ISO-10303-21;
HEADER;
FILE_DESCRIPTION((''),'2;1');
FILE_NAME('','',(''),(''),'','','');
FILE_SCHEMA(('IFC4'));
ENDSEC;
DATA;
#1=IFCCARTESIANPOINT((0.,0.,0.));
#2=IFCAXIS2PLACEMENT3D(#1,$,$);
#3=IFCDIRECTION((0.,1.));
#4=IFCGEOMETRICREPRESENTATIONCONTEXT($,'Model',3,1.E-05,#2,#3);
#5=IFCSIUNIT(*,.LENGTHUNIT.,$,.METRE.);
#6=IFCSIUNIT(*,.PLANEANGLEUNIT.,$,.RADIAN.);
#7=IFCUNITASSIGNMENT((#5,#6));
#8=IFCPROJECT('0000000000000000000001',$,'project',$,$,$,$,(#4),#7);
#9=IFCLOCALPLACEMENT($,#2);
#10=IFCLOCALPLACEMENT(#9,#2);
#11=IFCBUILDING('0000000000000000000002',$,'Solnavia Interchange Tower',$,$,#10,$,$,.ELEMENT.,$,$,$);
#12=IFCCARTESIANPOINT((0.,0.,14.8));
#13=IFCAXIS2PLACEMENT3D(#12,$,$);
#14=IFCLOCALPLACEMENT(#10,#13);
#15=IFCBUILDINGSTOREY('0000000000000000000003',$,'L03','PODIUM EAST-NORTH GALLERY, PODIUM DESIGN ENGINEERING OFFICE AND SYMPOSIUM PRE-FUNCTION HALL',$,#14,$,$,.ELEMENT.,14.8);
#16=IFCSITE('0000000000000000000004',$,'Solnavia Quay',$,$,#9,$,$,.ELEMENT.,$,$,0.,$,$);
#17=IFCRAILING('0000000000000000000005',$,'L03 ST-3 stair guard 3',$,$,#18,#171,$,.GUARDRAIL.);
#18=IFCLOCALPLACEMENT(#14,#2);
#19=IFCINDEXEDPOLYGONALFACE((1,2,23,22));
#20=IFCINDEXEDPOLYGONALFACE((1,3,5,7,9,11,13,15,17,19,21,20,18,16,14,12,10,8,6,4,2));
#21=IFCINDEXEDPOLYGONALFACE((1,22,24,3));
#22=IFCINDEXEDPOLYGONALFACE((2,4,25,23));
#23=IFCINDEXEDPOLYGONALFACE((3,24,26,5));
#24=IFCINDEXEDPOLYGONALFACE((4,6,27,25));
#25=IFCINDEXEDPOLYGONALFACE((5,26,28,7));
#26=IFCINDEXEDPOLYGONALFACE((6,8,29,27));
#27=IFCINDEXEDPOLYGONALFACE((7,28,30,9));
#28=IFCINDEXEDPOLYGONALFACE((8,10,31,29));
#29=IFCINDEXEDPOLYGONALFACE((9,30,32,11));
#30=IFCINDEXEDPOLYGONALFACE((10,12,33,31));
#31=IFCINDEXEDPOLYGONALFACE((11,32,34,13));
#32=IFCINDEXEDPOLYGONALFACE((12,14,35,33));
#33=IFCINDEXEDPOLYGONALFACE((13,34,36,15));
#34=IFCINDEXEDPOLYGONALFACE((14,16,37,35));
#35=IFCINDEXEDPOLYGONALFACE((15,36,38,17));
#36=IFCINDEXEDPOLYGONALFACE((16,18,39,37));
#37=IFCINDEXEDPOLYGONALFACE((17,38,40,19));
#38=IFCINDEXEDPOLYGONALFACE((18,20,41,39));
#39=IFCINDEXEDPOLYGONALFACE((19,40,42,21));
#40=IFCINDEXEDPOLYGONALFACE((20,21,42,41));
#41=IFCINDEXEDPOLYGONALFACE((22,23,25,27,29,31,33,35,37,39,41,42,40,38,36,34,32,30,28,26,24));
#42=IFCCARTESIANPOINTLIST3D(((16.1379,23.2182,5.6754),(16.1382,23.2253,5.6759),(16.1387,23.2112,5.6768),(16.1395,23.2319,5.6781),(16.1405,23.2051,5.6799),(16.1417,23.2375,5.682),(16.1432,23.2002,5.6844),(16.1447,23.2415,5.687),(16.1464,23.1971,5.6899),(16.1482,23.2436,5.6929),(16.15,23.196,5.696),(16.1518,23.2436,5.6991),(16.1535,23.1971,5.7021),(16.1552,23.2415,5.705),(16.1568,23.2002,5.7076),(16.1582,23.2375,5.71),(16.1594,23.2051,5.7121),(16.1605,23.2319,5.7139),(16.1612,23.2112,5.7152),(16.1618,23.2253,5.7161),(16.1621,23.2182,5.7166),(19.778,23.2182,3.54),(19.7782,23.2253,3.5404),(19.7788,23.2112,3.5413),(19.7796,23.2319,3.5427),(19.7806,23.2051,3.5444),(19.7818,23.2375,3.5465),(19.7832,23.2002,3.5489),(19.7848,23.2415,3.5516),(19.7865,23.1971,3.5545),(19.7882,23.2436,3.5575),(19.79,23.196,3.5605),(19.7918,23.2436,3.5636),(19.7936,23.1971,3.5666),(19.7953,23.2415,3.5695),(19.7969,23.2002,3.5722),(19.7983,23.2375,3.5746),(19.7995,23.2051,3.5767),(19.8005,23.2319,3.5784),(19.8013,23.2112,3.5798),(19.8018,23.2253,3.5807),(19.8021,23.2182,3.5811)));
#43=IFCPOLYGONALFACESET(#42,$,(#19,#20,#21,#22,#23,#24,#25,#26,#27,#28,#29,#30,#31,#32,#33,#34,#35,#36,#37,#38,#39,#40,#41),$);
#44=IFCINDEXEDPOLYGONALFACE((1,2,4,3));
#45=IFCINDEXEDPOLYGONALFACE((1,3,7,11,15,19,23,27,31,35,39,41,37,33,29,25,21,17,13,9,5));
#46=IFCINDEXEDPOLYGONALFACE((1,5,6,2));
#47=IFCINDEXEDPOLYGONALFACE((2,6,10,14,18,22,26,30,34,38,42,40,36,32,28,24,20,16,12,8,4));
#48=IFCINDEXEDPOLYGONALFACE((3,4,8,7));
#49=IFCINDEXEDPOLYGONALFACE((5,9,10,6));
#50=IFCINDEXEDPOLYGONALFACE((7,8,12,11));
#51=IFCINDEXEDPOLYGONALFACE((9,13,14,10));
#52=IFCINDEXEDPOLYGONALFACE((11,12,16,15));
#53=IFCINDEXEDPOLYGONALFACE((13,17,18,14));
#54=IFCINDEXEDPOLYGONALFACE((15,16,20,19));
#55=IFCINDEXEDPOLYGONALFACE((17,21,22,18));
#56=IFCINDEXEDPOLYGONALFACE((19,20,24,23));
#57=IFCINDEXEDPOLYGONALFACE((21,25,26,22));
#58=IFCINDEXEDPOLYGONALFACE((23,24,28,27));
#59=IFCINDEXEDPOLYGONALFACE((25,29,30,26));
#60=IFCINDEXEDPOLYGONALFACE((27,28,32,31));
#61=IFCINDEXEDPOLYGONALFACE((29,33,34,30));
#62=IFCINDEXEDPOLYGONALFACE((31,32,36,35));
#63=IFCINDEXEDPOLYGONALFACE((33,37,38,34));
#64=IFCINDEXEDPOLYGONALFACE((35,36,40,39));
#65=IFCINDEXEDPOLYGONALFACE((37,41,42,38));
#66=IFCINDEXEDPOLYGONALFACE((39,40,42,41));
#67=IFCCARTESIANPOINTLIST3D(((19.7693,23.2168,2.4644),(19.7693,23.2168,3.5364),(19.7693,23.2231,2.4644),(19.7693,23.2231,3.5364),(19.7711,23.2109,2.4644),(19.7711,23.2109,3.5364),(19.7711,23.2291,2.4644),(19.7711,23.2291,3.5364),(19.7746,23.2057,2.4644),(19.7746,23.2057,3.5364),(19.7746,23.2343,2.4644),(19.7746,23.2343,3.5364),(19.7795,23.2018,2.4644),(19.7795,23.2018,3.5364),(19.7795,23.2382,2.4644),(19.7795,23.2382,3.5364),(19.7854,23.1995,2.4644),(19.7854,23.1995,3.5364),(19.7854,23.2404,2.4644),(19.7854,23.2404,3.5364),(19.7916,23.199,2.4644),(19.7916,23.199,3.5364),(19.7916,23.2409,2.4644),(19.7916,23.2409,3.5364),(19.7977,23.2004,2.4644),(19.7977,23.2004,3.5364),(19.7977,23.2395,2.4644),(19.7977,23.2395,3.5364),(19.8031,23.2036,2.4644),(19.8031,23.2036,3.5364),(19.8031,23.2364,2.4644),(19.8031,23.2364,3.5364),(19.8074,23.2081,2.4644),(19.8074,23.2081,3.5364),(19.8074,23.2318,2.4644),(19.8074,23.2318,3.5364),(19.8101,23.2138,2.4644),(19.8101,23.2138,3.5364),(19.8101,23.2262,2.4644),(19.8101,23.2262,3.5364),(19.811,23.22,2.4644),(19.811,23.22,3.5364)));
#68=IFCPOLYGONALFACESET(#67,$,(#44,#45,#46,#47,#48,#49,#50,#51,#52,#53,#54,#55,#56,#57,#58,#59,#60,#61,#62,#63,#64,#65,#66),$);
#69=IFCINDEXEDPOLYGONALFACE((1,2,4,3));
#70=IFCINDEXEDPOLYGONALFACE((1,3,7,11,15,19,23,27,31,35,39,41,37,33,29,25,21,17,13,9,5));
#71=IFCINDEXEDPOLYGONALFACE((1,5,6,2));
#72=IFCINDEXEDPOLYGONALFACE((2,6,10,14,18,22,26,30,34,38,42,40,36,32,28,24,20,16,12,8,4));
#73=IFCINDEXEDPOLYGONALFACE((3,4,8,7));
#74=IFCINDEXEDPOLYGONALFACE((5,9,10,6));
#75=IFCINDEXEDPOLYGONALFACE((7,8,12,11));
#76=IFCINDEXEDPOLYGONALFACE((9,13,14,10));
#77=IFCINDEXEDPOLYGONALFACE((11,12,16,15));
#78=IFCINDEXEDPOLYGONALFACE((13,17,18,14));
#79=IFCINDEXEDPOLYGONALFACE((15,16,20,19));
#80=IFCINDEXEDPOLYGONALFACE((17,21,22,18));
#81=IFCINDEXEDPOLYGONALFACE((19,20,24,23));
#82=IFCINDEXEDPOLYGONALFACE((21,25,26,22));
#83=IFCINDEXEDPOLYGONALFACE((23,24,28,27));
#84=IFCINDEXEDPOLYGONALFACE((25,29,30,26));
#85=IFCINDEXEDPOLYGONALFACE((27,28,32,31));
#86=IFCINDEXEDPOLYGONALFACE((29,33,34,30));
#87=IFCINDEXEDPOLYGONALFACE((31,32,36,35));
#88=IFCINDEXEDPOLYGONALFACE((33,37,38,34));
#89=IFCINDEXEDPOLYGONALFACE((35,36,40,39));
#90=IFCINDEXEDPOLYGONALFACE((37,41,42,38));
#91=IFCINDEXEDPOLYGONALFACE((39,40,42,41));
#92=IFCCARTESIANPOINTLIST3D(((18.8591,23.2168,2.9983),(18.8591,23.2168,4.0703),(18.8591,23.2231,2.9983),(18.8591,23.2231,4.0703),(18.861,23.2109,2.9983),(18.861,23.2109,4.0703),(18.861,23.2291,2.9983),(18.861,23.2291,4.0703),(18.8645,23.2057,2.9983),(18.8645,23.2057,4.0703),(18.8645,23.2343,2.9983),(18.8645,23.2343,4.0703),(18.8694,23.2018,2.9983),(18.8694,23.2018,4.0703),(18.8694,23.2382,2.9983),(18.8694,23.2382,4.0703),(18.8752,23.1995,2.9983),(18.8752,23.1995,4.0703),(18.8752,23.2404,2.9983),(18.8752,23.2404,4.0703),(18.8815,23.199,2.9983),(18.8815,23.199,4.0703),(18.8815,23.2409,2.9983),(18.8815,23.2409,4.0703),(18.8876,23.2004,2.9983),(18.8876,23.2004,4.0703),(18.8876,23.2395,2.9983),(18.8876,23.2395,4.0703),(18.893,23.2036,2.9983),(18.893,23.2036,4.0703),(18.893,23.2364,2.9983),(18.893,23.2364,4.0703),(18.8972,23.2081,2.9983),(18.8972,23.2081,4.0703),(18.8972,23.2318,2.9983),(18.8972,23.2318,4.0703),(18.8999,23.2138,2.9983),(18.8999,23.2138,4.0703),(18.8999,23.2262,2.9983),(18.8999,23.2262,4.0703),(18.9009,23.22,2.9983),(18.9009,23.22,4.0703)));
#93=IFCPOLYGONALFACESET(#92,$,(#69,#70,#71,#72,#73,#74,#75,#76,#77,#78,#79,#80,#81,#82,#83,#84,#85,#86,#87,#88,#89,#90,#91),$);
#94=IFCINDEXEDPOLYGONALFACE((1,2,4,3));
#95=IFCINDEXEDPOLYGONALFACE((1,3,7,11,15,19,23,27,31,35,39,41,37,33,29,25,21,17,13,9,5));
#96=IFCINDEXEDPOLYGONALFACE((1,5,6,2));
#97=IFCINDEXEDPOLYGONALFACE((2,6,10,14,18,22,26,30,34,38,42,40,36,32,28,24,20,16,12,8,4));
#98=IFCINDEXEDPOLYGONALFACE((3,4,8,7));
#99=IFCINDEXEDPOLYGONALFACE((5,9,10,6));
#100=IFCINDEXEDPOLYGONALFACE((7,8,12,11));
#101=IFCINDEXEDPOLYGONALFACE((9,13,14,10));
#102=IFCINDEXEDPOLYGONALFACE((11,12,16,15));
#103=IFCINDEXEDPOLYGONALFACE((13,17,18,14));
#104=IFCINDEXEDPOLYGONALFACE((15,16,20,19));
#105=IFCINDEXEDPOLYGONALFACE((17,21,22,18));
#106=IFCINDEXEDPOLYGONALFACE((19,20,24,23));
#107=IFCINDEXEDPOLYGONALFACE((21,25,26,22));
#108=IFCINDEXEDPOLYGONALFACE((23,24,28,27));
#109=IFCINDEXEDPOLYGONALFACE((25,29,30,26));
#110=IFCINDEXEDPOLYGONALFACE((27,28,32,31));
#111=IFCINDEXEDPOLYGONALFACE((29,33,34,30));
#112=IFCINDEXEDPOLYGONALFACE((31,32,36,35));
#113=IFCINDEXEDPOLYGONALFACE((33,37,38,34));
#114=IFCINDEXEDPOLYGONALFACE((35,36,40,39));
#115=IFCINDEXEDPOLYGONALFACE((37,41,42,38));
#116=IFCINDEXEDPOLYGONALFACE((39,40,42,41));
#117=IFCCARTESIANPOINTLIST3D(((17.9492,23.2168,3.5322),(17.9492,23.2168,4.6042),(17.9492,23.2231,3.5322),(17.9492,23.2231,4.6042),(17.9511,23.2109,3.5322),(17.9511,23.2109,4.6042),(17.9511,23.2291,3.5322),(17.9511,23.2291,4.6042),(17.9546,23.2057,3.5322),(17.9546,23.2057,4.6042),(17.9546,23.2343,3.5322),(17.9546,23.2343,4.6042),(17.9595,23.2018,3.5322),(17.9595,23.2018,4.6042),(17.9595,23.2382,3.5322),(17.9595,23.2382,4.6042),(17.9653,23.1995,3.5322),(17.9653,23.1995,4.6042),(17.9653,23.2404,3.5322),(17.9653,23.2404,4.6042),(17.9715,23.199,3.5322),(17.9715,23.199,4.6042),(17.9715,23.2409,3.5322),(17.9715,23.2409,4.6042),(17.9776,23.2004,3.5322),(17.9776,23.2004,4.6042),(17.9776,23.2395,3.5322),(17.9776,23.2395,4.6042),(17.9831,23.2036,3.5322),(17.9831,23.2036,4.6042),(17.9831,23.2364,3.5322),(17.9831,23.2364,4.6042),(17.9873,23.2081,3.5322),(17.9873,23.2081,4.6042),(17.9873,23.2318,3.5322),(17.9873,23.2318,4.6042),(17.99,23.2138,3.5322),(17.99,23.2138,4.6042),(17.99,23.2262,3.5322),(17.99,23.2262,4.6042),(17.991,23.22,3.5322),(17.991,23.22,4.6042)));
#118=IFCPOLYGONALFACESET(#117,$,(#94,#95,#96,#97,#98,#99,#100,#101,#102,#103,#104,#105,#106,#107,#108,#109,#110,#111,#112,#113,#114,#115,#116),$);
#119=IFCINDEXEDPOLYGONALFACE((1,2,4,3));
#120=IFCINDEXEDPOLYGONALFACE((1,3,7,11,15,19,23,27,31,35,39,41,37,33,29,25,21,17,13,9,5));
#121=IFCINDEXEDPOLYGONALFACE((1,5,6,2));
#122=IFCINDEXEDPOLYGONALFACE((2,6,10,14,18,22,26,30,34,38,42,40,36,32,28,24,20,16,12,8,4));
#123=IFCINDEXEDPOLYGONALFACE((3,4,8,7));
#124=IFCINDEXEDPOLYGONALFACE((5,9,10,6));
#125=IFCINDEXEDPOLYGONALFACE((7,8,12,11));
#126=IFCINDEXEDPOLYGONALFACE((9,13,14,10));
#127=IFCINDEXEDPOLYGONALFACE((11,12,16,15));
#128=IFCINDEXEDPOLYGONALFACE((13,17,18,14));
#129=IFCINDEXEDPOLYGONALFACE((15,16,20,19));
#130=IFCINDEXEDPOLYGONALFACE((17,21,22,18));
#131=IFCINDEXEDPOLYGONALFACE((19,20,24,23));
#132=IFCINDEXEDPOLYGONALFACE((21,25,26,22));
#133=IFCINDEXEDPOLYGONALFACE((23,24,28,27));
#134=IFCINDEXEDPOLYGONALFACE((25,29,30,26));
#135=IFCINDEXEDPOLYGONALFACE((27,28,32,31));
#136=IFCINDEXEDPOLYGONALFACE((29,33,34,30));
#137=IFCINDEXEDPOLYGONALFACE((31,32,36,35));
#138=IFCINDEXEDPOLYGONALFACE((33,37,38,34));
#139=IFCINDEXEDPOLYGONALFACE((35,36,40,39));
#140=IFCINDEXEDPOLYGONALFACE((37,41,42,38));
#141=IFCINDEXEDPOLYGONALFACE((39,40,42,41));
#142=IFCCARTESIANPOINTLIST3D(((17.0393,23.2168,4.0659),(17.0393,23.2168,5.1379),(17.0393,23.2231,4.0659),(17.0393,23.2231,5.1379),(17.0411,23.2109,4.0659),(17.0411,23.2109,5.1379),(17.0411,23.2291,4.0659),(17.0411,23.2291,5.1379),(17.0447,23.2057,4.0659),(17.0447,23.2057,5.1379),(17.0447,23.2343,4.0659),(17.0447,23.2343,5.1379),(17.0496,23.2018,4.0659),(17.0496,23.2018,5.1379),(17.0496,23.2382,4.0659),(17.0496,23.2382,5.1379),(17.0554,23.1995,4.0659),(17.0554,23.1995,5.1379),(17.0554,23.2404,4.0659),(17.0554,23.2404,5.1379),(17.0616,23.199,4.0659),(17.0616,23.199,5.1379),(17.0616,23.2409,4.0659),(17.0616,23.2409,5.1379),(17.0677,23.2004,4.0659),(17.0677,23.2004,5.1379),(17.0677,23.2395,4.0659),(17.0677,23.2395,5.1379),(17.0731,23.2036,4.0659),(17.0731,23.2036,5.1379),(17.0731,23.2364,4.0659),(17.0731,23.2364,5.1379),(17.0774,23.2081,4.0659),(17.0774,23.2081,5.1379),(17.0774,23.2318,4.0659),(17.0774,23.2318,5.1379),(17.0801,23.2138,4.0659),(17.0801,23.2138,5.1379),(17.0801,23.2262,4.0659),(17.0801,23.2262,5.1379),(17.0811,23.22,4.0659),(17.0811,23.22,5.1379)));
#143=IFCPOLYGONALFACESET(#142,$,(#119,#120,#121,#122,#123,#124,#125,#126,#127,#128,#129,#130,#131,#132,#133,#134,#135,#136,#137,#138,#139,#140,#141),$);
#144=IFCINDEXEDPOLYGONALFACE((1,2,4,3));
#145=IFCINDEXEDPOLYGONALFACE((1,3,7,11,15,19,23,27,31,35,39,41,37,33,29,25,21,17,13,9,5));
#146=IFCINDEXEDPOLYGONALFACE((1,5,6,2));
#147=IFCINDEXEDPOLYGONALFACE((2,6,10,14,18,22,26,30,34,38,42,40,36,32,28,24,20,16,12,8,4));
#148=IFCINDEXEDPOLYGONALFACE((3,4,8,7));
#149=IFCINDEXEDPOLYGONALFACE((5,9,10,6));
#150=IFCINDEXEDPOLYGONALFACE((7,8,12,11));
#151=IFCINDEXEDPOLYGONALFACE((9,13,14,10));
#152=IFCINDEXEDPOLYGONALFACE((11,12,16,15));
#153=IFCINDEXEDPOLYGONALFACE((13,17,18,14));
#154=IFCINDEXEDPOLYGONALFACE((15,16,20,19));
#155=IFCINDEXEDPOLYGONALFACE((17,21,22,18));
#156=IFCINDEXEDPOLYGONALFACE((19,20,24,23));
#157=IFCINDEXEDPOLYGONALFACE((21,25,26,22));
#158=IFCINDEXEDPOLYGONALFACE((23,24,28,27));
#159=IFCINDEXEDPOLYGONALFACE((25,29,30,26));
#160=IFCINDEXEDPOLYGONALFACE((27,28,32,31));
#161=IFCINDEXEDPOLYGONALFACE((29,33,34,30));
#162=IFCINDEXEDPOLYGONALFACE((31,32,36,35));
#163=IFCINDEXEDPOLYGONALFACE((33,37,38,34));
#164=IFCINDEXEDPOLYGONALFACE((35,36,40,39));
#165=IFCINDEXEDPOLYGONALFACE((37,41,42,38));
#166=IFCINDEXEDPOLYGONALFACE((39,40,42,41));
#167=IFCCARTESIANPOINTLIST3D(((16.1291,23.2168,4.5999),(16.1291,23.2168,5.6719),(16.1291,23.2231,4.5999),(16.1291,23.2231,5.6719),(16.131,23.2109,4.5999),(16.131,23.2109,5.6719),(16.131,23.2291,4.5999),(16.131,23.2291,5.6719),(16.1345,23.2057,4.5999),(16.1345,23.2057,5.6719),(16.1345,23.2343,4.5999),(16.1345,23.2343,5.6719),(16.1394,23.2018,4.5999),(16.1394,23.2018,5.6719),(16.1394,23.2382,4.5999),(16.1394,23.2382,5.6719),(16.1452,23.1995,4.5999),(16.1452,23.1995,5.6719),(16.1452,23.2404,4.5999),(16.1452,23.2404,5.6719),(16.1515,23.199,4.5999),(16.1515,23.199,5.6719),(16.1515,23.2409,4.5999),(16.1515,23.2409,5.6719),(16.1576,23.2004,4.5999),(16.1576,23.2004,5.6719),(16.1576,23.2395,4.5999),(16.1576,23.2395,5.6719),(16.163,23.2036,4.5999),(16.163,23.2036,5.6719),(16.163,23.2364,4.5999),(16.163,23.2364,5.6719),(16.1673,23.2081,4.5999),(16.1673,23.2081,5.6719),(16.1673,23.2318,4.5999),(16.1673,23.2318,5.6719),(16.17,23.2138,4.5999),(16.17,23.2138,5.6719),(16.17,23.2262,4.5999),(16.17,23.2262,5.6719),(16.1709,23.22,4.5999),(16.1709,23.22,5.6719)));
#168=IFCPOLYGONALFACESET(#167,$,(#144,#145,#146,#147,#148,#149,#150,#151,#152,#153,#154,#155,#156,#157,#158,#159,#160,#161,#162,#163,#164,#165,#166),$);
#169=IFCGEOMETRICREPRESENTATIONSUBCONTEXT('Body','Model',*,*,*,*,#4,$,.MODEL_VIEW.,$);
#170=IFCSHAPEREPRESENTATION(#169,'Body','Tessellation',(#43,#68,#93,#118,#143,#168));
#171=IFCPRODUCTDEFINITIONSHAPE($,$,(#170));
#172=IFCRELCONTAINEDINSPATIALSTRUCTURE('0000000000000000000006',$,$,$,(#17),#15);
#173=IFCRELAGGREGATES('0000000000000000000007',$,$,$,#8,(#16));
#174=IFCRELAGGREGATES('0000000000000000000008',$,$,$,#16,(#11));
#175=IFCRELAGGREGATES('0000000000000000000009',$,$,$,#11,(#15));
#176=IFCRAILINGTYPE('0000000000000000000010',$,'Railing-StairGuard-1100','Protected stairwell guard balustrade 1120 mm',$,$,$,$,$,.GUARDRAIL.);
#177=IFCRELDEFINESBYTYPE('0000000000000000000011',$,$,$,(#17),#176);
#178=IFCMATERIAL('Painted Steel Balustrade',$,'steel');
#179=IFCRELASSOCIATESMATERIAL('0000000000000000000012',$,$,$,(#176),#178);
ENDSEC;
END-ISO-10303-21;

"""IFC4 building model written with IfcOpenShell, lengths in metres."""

from ifc_helpers import new_model, si_unit, direction, frame, origin, origin_2d, place, context, subcontext, project, spatial, circle, extrude, material, type_object, element, save


model = new_model("IFC4")

# Units and contexts
model_context = context("Model", 3, precision=1e-05, world=origin(), true_north=direction((0.0, 1.0)))
body_context = subcontext(model_context, "Body", "Model", "MODEL_VIEW")
ifc_project = project(units=[si_unit("LENGTHUNIT", "METRE"), si_unit("PLANEANGLEUNIT", "RADIAN")], contexts=[model_context])

# Site, building, storey
site_placement = place(None, origin())
site = spatial("IfcSite", under=ifc_project, at=site_placement, Name="Solnavia Quay", CompositionType="ELEMENT", RefElevation=0.0)
building_placement = place(site_placement, origin())
building = spatial("IfcBuilding", under=site, at=building_placement, Name="Solnavia Interchange Tower", CompositionType="ELEMENT")
storey_placement = place(building_placement, frame((0.0, 0.0, 14.8)))
storey = spatial("IfcBuildingStorey", under=building, at=storey_placement, Name="L03", Description="PODIUM EAST-NORTH GALLERY, PODIUM DESIGN ENGINEERING OFFICE AND SYMPOSIUM PRE-FUNCTION HALL", CompositionType="ELEMENT", Elevation=14.8)

# Railing
ifc_material_1 = material(Name="Painted Steel Balustrade", Category="steel")
railing_type_1 = type_object("IfcRailingType", Name="Railing-StairGuard-1100", Description="Protected stairwell guard balustrade 1120 mm", PredefinedType="GUARDRAIL", material=ifc_material_1)
railing_1_placement = place(storey_placement, frame((19.79, 23.22, 2.4644)))
element("IfcRailing", 1, at=railing_1_placement, inside=storey, type_object=railing_type_1, Name="L03 ST-3 stair guard 3", PredefinedType="GUARDRAIL", context=body_context, shape_type="SweptSolid", body=[
    extrude(circle(Radius=0.0239, at=origin_2d()), frame((0.0, 0.0, 1.0962), z_axis=(-0.86253, 0.0, 0.506006), x_axis=(0.0, -1.0, 0.0)), (0.0, 0.0, 1.0), 4.2202),
    extrude(circle(Radius=0.021, at=origin_2d()), origin(), (0.0, 0.0, 1.0), 1.072),
    extrude(circle(Radius=0.021, at=origin_2d()), frame((-0.9102, 0.0, 0.5339)), (0.0, 0.0, 1.0), 1.072),
    extrude(circle(Radius=0.021, at=origin_2d()), frame((-1.8201, 0.0, 1.0679)), (0.0, 0.0, 1.0), 1.072),
    extrude(circle(Radius=0.021, at=origin_2d()), frame((-2.73, 0.0, 1.6016)), (0.0, 0.0, 1.0), 1.072),
    extrude(circle(Radius=0.021, at=origin_2d()), frame((-3.6401, 0.0, 2.1355)), (0.0, 0.0, 1.0), 1.072),
])

save(model, "model.ifc")
